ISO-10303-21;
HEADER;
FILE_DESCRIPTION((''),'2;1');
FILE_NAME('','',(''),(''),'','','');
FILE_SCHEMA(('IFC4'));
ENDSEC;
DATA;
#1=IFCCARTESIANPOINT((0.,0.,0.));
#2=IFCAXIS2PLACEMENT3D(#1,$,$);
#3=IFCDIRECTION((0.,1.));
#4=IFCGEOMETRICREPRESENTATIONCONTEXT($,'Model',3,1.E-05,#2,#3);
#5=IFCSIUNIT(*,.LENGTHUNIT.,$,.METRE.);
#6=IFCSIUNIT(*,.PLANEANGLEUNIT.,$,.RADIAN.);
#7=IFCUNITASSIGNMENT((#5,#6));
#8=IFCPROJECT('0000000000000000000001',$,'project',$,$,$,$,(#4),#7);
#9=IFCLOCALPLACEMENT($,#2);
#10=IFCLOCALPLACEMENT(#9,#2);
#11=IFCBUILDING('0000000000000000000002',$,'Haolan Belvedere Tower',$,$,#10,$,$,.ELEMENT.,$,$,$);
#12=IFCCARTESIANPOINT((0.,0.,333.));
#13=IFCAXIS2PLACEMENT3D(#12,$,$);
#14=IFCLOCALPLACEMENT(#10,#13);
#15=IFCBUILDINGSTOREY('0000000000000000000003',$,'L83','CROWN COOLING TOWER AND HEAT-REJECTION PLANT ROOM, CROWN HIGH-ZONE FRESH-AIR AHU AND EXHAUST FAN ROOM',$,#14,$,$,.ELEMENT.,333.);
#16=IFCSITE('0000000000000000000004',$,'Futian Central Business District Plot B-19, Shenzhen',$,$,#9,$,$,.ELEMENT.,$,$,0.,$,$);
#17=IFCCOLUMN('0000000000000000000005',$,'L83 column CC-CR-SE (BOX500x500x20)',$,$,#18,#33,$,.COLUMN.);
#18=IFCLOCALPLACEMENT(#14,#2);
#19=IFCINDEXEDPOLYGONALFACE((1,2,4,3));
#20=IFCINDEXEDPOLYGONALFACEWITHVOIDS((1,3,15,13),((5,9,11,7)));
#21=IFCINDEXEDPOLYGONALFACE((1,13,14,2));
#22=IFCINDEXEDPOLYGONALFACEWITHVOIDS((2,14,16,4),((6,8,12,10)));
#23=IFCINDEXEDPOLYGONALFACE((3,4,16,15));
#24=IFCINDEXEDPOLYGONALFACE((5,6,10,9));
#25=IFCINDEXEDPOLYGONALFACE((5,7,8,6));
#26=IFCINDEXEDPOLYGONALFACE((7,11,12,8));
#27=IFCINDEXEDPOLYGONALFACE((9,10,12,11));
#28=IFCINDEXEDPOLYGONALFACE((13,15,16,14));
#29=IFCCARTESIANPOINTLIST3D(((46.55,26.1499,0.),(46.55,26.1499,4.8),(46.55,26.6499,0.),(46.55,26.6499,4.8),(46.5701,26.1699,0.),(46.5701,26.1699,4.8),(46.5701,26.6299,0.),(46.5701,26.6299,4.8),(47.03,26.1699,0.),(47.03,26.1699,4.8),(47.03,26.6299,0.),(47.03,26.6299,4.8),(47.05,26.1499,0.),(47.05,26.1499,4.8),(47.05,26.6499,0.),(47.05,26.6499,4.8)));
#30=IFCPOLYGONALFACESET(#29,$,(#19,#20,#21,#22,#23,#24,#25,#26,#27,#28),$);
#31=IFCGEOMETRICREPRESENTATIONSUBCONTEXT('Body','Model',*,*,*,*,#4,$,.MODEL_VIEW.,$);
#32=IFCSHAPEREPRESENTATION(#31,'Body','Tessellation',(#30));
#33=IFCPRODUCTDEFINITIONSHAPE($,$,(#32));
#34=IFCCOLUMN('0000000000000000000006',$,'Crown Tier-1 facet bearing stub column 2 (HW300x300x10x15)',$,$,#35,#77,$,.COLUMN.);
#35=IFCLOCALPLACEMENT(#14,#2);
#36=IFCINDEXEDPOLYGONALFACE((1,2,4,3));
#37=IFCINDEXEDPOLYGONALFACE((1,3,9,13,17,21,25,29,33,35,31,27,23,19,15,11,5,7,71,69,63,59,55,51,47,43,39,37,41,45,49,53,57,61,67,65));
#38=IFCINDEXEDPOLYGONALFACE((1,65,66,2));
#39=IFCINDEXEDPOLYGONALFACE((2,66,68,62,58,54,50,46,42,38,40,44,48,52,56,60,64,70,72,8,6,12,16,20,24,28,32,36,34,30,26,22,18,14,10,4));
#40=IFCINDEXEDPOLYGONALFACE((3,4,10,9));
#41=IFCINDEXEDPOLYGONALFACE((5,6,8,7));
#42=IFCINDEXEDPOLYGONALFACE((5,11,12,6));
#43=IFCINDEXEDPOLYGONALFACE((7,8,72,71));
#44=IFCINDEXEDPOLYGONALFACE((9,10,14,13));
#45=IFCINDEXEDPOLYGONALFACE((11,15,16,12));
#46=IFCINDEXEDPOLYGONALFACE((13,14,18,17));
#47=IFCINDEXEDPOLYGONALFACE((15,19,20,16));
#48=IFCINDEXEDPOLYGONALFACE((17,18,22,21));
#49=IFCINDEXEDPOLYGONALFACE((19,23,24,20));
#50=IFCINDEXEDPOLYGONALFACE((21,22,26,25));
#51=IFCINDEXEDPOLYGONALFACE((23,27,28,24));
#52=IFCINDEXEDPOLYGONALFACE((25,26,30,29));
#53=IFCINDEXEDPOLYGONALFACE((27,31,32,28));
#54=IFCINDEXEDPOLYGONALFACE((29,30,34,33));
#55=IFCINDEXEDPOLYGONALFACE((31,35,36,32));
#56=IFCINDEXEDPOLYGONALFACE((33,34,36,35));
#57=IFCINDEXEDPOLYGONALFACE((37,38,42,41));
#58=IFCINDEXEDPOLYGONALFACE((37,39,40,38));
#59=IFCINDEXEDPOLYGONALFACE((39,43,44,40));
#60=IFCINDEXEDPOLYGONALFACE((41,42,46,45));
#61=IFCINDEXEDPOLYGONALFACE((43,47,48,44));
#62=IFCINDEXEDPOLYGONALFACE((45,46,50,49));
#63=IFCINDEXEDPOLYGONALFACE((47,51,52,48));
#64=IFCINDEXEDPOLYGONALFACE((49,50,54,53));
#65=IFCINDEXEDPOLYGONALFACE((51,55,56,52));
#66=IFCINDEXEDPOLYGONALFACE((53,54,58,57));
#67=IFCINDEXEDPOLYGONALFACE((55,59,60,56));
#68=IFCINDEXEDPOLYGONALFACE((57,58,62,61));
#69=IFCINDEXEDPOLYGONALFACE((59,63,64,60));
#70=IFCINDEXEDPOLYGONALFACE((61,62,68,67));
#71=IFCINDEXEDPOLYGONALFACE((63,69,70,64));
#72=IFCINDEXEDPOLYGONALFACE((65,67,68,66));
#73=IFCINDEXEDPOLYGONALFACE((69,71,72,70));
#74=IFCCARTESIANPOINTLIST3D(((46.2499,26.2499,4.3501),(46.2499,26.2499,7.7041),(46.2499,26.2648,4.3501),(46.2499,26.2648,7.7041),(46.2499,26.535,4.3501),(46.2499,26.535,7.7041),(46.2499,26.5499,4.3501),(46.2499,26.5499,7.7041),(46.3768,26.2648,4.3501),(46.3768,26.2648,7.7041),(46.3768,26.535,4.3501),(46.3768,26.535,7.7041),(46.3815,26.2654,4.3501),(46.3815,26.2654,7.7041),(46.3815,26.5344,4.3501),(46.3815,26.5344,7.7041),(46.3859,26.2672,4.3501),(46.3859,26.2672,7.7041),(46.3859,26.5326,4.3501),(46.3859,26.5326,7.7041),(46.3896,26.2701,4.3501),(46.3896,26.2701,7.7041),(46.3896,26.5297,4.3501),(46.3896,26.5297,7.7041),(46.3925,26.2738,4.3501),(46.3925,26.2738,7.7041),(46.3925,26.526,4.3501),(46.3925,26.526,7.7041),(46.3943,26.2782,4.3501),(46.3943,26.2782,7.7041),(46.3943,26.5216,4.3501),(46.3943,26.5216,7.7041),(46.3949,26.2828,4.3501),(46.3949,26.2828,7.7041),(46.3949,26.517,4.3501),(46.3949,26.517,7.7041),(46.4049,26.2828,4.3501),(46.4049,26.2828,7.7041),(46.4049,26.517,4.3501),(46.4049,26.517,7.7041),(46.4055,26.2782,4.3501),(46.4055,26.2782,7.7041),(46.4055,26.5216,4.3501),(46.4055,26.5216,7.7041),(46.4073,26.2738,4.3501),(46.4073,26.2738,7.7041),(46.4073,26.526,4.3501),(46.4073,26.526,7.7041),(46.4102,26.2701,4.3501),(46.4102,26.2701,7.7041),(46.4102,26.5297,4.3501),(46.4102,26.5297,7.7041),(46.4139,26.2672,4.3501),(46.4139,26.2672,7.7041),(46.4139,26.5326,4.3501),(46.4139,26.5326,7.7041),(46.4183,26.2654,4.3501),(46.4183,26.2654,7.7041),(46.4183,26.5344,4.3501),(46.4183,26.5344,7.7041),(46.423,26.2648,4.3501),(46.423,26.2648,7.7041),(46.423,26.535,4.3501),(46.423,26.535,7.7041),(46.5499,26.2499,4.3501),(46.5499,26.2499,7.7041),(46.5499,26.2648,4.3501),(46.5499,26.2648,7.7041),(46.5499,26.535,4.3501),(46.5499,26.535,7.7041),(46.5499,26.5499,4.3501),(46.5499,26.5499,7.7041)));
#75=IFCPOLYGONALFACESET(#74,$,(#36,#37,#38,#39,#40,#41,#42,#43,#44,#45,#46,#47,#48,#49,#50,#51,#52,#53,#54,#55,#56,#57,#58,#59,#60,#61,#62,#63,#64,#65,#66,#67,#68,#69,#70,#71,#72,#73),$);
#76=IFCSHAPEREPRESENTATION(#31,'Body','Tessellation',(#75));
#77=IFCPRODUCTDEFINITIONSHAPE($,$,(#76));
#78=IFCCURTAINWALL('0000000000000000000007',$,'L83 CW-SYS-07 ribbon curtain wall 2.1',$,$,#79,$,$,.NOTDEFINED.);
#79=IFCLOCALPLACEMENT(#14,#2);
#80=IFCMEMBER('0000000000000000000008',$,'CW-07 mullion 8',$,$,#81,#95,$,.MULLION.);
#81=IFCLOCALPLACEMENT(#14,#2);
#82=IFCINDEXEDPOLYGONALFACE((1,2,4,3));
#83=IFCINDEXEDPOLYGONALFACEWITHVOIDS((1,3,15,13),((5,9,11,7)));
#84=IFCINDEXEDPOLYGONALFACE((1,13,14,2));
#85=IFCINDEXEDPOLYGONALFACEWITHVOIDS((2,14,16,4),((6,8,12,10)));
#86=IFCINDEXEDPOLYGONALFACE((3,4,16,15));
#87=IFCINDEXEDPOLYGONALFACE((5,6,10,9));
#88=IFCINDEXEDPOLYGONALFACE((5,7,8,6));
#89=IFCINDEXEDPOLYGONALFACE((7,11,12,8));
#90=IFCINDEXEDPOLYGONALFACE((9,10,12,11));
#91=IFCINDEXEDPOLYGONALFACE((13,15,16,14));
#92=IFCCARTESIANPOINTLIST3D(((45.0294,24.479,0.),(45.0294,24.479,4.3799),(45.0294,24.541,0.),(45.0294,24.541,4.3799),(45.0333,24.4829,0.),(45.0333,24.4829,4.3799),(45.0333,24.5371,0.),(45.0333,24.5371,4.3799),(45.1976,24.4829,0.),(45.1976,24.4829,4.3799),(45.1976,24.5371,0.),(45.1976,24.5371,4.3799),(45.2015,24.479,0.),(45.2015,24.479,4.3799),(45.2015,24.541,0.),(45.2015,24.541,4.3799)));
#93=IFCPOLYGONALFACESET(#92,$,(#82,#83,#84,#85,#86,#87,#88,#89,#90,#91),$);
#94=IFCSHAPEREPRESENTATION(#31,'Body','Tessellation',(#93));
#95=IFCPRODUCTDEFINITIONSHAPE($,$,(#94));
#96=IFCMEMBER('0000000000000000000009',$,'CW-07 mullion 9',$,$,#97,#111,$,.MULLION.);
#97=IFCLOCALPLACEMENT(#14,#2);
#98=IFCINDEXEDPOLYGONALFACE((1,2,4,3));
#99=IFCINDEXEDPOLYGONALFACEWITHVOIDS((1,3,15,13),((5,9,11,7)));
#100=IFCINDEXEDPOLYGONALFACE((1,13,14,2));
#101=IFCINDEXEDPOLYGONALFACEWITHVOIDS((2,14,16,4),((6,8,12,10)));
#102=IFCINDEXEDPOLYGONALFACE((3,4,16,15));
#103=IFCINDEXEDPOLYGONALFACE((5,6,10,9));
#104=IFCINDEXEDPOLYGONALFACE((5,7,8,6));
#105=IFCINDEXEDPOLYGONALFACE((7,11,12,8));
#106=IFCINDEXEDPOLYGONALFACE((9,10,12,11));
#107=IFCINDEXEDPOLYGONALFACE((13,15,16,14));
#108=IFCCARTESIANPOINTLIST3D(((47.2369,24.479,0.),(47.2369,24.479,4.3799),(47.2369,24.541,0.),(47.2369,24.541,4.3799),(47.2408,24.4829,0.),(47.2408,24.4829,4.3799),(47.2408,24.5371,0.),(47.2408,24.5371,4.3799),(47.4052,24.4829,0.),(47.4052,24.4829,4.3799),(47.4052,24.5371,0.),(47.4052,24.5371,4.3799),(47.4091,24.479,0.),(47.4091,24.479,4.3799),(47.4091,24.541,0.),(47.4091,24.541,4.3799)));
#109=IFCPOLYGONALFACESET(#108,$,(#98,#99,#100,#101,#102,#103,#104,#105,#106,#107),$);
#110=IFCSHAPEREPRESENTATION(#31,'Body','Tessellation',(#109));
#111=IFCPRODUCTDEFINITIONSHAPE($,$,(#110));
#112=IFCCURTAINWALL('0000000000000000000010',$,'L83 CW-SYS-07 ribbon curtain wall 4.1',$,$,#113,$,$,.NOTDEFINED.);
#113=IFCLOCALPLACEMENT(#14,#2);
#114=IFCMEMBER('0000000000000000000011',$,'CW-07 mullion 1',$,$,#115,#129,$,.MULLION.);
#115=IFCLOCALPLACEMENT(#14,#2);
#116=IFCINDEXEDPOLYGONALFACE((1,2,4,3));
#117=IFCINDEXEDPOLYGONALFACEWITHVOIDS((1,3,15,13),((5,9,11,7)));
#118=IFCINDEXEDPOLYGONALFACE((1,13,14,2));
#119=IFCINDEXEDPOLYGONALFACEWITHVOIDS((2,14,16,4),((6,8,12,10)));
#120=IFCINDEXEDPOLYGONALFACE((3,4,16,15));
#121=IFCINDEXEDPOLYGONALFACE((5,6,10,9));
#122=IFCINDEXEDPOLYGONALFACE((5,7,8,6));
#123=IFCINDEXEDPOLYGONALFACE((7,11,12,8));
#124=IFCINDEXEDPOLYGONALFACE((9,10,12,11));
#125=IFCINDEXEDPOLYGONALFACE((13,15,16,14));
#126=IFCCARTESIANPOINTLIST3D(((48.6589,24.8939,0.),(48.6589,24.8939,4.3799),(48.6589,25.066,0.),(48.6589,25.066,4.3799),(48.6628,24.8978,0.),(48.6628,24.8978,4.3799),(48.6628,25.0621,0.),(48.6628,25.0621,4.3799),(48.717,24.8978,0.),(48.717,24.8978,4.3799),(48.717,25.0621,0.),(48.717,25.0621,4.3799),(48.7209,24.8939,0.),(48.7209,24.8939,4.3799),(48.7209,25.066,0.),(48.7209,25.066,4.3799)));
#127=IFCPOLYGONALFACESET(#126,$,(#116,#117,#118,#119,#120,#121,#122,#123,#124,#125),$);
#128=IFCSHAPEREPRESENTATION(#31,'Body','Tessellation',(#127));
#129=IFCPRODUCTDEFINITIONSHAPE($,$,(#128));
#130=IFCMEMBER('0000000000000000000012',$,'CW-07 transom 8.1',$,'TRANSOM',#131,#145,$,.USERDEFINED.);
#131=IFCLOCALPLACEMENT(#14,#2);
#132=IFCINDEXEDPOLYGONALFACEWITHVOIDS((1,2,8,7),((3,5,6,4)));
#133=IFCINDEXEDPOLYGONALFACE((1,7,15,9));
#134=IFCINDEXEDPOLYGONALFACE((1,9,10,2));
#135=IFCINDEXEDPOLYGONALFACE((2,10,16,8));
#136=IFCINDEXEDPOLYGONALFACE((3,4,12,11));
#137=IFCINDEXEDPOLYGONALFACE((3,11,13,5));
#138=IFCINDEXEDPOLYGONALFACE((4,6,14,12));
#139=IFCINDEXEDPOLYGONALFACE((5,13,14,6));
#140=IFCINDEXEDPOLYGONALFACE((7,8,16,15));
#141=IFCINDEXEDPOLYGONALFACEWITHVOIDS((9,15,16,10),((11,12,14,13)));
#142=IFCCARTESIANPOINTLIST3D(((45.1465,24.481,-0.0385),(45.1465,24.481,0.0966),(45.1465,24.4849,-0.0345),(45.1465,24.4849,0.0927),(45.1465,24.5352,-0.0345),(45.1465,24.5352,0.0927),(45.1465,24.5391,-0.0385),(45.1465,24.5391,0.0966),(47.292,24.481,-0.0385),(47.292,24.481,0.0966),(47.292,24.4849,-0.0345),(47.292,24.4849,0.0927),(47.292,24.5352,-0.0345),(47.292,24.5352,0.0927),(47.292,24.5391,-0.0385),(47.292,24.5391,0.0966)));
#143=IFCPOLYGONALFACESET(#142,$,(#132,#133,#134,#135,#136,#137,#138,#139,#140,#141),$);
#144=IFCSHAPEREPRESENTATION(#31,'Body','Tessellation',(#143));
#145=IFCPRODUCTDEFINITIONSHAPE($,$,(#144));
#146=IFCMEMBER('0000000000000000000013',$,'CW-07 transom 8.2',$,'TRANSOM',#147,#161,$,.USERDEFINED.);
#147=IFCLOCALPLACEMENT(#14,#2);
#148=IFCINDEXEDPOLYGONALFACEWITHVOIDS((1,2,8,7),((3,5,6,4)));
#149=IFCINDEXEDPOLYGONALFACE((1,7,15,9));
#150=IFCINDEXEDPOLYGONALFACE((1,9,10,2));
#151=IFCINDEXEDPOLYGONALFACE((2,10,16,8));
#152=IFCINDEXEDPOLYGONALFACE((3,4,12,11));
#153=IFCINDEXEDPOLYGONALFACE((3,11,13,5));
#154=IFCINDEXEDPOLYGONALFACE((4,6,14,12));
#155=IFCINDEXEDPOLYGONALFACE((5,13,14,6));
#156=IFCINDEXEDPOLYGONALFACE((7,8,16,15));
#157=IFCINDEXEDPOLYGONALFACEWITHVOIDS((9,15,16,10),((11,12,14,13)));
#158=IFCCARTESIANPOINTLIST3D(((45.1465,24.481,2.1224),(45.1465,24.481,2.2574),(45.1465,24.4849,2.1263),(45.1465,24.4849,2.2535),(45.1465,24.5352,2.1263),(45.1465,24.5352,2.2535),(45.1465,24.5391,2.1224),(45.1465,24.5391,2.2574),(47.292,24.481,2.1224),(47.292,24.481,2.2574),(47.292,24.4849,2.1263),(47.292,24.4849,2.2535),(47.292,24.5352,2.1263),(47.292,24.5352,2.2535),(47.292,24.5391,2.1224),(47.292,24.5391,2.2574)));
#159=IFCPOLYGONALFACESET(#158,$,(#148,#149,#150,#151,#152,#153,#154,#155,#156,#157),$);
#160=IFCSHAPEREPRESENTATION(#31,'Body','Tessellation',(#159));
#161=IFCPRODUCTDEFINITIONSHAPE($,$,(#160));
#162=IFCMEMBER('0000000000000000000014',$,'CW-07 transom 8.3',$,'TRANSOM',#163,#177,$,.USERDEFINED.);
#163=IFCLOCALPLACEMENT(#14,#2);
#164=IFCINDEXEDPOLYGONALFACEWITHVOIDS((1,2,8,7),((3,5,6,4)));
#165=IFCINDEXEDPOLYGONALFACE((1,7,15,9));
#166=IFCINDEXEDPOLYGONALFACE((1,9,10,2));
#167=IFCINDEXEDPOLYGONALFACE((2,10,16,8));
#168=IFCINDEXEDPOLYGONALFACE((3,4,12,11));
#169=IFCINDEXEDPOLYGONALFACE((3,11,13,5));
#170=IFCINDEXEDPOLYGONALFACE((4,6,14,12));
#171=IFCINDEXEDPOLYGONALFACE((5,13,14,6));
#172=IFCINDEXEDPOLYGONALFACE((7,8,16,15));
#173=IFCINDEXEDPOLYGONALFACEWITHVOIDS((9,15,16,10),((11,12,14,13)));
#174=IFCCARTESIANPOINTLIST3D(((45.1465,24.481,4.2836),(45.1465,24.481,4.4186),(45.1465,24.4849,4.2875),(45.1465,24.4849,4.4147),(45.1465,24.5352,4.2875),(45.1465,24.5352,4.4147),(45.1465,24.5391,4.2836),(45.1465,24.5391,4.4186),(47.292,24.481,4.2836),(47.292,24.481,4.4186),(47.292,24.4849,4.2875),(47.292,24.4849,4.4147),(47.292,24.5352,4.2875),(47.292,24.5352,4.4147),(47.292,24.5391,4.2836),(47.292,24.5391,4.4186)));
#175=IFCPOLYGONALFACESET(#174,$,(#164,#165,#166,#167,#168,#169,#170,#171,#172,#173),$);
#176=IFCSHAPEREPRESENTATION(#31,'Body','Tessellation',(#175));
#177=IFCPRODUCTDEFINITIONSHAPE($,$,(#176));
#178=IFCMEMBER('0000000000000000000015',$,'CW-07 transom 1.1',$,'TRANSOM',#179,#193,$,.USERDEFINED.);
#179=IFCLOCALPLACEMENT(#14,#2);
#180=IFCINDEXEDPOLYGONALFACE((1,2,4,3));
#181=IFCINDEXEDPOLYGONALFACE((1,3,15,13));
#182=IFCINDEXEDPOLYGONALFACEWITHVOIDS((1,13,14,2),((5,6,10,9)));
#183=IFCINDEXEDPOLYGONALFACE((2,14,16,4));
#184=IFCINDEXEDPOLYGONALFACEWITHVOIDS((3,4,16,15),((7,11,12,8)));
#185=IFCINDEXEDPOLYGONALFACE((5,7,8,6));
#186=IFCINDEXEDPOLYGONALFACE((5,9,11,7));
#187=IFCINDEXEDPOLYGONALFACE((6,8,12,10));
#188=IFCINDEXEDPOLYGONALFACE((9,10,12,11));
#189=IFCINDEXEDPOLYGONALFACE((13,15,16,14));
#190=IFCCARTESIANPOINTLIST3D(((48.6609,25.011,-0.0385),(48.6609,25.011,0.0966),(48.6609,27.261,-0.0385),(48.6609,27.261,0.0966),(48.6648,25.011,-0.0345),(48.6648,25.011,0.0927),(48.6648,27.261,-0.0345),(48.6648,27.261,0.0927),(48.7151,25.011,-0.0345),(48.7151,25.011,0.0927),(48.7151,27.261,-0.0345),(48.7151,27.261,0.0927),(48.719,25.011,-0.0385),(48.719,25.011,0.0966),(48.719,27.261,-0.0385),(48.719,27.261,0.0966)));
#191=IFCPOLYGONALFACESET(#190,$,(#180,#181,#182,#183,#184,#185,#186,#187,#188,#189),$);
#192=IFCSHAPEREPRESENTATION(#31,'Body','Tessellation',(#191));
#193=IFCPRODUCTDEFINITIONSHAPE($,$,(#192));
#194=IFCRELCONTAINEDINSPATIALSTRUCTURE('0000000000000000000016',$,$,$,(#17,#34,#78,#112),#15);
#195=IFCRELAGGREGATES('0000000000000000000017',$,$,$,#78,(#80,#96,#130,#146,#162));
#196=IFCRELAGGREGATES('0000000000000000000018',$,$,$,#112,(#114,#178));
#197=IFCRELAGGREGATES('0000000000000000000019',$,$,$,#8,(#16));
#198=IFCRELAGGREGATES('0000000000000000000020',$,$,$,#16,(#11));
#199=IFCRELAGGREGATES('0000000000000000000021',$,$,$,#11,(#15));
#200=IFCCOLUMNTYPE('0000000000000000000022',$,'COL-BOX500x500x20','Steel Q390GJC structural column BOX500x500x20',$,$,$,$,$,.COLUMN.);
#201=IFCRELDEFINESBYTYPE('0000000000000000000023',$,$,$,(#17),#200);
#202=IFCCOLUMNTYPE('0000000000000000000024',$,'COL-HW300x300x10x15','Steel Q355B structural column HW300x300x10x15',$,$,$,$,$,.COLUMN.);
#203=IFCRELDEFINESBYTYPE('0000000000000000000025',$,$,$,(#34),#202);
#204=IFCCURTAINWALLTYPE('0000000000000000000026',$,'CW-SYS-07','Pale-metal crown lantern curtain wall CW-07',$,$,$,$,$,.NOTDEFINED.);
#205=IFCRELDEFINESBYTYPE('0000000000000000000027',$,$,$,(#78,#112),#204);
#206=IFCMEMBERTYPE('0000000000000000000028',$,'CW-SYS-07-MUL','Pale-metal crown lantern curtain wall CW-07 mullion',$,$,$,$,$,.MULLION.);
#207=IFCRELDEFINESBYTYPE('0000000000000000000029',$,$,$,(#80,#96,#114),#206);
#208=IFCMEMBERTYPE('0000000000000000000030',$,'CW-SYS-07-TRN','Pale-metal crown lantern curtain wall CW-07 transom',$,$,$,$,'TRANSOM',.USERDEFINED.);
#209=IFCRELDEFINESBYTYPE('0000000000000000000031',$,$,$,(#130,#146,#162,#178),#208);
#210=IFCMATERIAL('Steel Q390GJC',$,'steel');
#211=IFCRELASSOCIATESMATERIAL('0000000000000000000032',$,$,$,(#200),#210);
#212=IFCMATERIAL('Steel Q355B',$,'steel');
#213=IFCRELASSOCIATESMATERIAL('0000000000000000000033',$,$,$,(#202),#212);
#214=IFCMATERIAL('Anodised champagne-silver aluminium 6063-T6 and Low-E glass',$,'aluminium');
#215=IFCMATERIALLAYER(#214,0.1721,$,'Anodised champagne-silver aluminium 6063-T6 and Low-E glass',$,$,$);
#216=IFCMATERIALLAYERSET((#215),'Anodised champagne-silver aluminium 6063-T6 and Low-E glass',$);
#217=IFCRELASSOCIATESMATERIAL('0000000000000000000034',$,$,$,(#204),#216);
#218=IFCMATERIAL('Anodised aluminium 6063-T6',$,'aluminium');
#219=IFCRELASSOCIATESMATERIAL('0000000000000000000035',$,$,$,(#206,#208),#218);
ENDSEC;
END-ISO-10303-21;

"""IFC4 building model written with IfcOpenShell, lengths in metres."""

from ifc_helpers import new_model, si_unit, direction, frame, origin, origin_2d, place, context, subcontext, project, spatial, hollow_rectangle, i_section, extrude, material, layer, layer_set, material_profile, profile_set, type_object, element, aggregate, save


model = new_model("IFC4")

# Units and contexts
model_context = context("Model", 3, precision=1e-05, world=origin(), true_north=direction((0.0, 1.0)))
body_context = subcontext(model_context, "Body", "Model", "MODEL_VIEW")
ifc_project = project(units=[si_unit("LENGTHUNIT", "METRE"), si_unit("PLANEANGLEUNIT", "RADIAN")], contexts=[model_context])

# Site, building, storey
site_placement = place(None, origin())
site = spatial("IfcSite", under=ifc_project, at=site_placement, Name="Futian Central Business District Plot B-19, Shenzhen", CompositionType="ELEMENT", RefElevation=0.0)
building_placement = place(site_placement, origin())
building = spatial("IfcBuilding", under=site, at=building_placement, Name="Haolan Belvedere Tower", CompositionType="ELEMENT")
storey_placement = place(building_placement, frame((0.0, 0.0, 333.0)))
storey = spatial("IfcBuildingStorey", under=building, at=storey_placement, Name="L83", Description="CROWN COOLING TOWER AND HEAT-REJECTION PLANT ROOM, CROWN HIGH-ZONE FRESH-AIR AHU AND EXHAUST FAN ROOM", CompositionType="ELEMENT", Elevation=333.0)

# Columns
ifc_material_1 = material(Name="Steel Q390GJC", Category="steel")
ifc_material_profile_1 = material_profile(ifc_material_1, hollow_rectangle(XDim=0.5, YDim=0.5, WallThickness=0.02, at=origin_2d()), Name="Steel Q390GJC")
ifc_profile_set_1 = profile_set([ifc_material_profile_1], Name="Steel Q390GJC")
column_type_1 = type_object("IfcColumnType", Name="COL-BOX500x500x20", Description="Steel Q390GJC structural column BOX500x500x20", PredefinedType="COLUMN", material=ifc_profile_set_1)
column_1_placement = place(storey_placement, frame((46.8, 26.3999, 0.0), z_axis=(0.0, 0.0, 1.0), x_axis=(1.0, 0.0, 0.0)))
element("IfcColumn", 1, at=column_1_placement, inside=storey, type_object=column_type_1, Name="L83 column CC-CR-SE (BOX500x500x20)", PredefinedType="COLUMN", context=body_context, shape_type="SweptSolid", body=[
    extrude(hollow_rectangle(XDim=0.5, YDim=0.5, WallThickness=0.02, at=origin_2d()), origin(), (0.0, 0.0, 1.0), 4.8),
])
ifc_material_2 = material(Name="Steel Q355B", Category="steel")
ifc_material_profile_2 = material_profile(ifc_material_2, i_section(OverallWidth=0.3, OverallDepth=0.3, WebThickness=0.01, FlangeThickness=0.0149, FilletRadius=0.0181, at=origin_2d()), Name="Steel Q355B")
ifc_profile_set_2 = profile_set([ifc_material_profile_2], Name="Steel Q355B")
column_type_2 = type_object("IfcColumnType", Name="COL-HW300x300x10x15", Description="Steel Q355B structural column HW300x300x10x15", PredefinedType="COLUMN", material=ifc_profile_set_2)
column_2_placement = place(storey_placement, frame((46.3999, 26.3999, 4.3501), z_axis=(0.0, 0.0, 1.0), x_axis=(1.0, 0.0, 0.0)))
element("IfcColumn", 2, at=column_2_placement, inside=storey, type_object=column_type_2, Name="Crown Tier-1 facet bearing stub column 2 (HW300x300x10x15)", PredefinedType="COLUMN", context=body_context, shape_type="SweptSolid", body=[
    extrude(i_section(OverallWidth=0.3, OverallDepth=0.3, WebThickness=0.01, FlangeThickness=0.0149, FilletRadius=0.0181, at=origin_2d()), origin(), (0.0, 0.0, 1.0), 3.354),
])

# Curtain wall, members
ifc_material_3 = material(Name="Anodised champagne-silver aluminium 6063-T6 and Low-E glass", Category="aluminium")
ifc_layer_1 = layer(ifc_material_3, 0.1721, Name="Anodised champagne-silver aluminium 6063-T6 and Low-E glass")
ifc_layer_set_1 = layer_set([ifc_layer_1], Name="Anodised champagne-silver aluminium 6063-T6 and Low-E glass")
curtain_wall_type = type_object("IfcCurtainWallType", Name="CW-SYS-07", Description="Pale-metal crown lantern curtain wall CW-07", PredefinedType="NOTDEFINED", material=ifc_layer_set_1)
curtain_wall_1_placement = place(storey_placement, origin())
curtain_wall_1 = element("IfcCurtainWall", 3, at=curtain_wall_1_placement, inside=storey, type_object=curtain_wall_type, Name="L83 CW-SYS-07 ribbon curtain wall 2.1", PredefinedType="NOTDEFINED")
ifc_material_4 = material(Name="Anodised aluminium 6063-T6", Category="aluminium")
ifc_material_profile_3 = material_profile(ifc_material_4, hollow_rectangle(XDim=0.062, YDim=0.1721, WallThickness=0.0039, at=origin_2d()), Name="Anodised aluminium 6063-T6")
ifc_profile_set_3 = profile_set([ifc_material_profile_3], Name="Anodised aluminium 6063-T6")
member_type_1 = type_object("IfcMemberType", Name="CW-SYS-07-MUL", Description="Pale-metal crown lantern curtain wall CW-07 mullion", PredefinedType="MULLION", material=ifc_profile_set_3)
member_1_placement = place(storey_placement, frame((45.1155, 24.51, 0.0), z_axis=(0.0, 0.0, 1.0), x_axis=(0.0, 1.0, 0.0)))
member_1 = element("IfcMember", 4, at=member_1_placement, type_object=member_type_1, Name="CW-07 mullion 8", PredefinedType="MULLION", context=body_context, shape_type="SweptSolid", body=[
    extrude(hollow_rectangle(XDim=0.062, YDim=0.1721, WallThickness=0.0039, at=origin_2d()), origin(), (0.0, 0.0, 1.0), 4.3799),
])
member_2_placement = place(storey_placement, frame((47.323, 24.51, 0.0), z_axis=(0.0, 0.0, 1.0), x_axis=(0.0, 1.0, 0.0)))
member_2 = element("IfcMember", 5, at=member_2_placement, type_object=member_type_1, Name="CW-07 mullion 9", PredefinedType="MULLION", context=body_context, shape_type="SweptSolid", body=[
    extrude(hollow_rectangle(XDim=0.062, YDim=0.1721, WallThickness=0.0039, at=origin_2d()), origin(), (0.0, 0.0, 1.0), 4.3799),
])

# Curtain wall, member
curtain_wall_2_placement = place(storey_placement, origin())
curtain_wall_2 = element("IfcCurtainWall", 6, at=curtain_wall_2_placement, inside=storey, type_object=curtain_wall_type, Name="L83 CW-SYS-07 ribbon curtain wall 4.1", PredefinedType="NOTDEFINED")
member_3_placement = place(storey_placement, frame((48.6899, 24.98, 0.0), z_axis=(0.0, 0.0, 1.0), x_axis=(-1.0, 0.0, 0.0)))
member_3 = element("IfcMember", 7, at=member_3_placement, type_object=member_type_1, Name="CW-07 mullion 1", PredefinedType="MULLION", context=body_context, shape_type="SweptSolid", body=[
    extrude(hollow_rectangle(XDim=0.062, YDim=0.1721, WallThickness=0.0039, at=origin_2d()), origin(), (0.0, 0.0, 1.0), 4.3799),
])

# Members
ifc_material_profile_4 = material_profile(ifc_material_4, hollow_rectangle(XDim=0.0581, YDim=0.135, WallThickness=0.0039, at=origin_2d()), Name="Anodised aluminium 6063-T6")
ifc_profile_set_4 = profile_set([ifc_material_profile_4], Name="Anodised aluminium 6063-T6")
member_type_2 = type_object("IfcMemberType", Name="CW-SYS-07-TRN", Description="Pale-metal crown lantern curtain wall CW-07 transom", ElementType="TRANSOM", PredefinedType="USERDEFINED", material=ifc_profile_set_4)
member_4_placement = place(storey_placement, frame((45.1465, 24.51, 0.0291), z_axis=(1.0, 0.0, 0.0), x_axis=(0.0, 1.0, 0.0)))
member_4 = element("IfcMember", 8, at=member_4_placement, type_object=member_type_2, Name="CW-07 transom 8.1", ObjectType="TRANSOM", PredefinedType="USERDEFINED", context=body_context, shape_type="SweptSolid", body=[
    extrude(hollow_rectangle(XDim=0.0581, YDim=0.135, WallThickness=0.0039, at=origin_2d()), origin(), (0.0, 0.0, 1.0), 2.1455),
])
member_5_placement = place(storey_placement, frame((45.1465, 24.51, 2.1899), z_axis=(1.0, 0.0, 0.0), x_axis=(0.0, 1.0, 0.0)))
member_5 = element("IfcMember", 9, at=member_5_placement, type_object=member_type_2, Name="CW-07 transom 8.2", ObjectType="TRANSOM", PredefinedType="USERDEFINED", context=body_context, shape_type="SweptSolid", body=[
    extrude(hollow_rectangle(XDim=0.0581, YDim=0.135, WallThickness=0.0039, at=origin_2d()), origin(), (0.0, 0.0, 1.0), 2.1455),
])
member_6_placement = place(storey_placement, frame((45.1465, 24.51, 4.3511), z_axis=(1.0, 0.0, 0.0), x_axis=(0.0, 1.0, 0.0)))
member_6 = element("IfcMember", 10, at=member_6_placement, type_object=member_type_2, Name="CW-07 transom 8.3", ObjectType="TRANSOM", PredefinedType="USERDEFINED", context=body_context, shape_type="SweptSolid", body=[
    extrude(hollow_rectangle(XDim=0.0581, YDim=0.135, WallThickness=0.0039, at=origin_2d()), origin(), (0.0, 0.0, 1.0), 2.1455),
])
member_7_placement = place(storey_placement, frame((48.6899, 25.011, 0.0291), z_axis=(0.0, 1.0, 0.0), x_axis=(-1.0, 0.0, 0.0)))
member_7 = element("IfcMember", 11, at=member_7_placement, type_object=member_type_2, Name="CW-07 transom 1.1", ObjectType="TRANSOM", PredefinedType="USERDEFINED", context=body_context, shape_type="SweptSolid", body=[
    extrude(hollow_rectangle(XDim=0.0581, YDim=0.135, WallThickness=0.0039, at=origin_2d()), origin(), (0.0, 0.0, 1.0), 2.25),
])

aggregate(curtain_wall_1, [member_1, member_2, member_4, member_5, member_6])
aggregate(curtain_wall_2, [member_3, member_7])

save(model, "model.ifc")
